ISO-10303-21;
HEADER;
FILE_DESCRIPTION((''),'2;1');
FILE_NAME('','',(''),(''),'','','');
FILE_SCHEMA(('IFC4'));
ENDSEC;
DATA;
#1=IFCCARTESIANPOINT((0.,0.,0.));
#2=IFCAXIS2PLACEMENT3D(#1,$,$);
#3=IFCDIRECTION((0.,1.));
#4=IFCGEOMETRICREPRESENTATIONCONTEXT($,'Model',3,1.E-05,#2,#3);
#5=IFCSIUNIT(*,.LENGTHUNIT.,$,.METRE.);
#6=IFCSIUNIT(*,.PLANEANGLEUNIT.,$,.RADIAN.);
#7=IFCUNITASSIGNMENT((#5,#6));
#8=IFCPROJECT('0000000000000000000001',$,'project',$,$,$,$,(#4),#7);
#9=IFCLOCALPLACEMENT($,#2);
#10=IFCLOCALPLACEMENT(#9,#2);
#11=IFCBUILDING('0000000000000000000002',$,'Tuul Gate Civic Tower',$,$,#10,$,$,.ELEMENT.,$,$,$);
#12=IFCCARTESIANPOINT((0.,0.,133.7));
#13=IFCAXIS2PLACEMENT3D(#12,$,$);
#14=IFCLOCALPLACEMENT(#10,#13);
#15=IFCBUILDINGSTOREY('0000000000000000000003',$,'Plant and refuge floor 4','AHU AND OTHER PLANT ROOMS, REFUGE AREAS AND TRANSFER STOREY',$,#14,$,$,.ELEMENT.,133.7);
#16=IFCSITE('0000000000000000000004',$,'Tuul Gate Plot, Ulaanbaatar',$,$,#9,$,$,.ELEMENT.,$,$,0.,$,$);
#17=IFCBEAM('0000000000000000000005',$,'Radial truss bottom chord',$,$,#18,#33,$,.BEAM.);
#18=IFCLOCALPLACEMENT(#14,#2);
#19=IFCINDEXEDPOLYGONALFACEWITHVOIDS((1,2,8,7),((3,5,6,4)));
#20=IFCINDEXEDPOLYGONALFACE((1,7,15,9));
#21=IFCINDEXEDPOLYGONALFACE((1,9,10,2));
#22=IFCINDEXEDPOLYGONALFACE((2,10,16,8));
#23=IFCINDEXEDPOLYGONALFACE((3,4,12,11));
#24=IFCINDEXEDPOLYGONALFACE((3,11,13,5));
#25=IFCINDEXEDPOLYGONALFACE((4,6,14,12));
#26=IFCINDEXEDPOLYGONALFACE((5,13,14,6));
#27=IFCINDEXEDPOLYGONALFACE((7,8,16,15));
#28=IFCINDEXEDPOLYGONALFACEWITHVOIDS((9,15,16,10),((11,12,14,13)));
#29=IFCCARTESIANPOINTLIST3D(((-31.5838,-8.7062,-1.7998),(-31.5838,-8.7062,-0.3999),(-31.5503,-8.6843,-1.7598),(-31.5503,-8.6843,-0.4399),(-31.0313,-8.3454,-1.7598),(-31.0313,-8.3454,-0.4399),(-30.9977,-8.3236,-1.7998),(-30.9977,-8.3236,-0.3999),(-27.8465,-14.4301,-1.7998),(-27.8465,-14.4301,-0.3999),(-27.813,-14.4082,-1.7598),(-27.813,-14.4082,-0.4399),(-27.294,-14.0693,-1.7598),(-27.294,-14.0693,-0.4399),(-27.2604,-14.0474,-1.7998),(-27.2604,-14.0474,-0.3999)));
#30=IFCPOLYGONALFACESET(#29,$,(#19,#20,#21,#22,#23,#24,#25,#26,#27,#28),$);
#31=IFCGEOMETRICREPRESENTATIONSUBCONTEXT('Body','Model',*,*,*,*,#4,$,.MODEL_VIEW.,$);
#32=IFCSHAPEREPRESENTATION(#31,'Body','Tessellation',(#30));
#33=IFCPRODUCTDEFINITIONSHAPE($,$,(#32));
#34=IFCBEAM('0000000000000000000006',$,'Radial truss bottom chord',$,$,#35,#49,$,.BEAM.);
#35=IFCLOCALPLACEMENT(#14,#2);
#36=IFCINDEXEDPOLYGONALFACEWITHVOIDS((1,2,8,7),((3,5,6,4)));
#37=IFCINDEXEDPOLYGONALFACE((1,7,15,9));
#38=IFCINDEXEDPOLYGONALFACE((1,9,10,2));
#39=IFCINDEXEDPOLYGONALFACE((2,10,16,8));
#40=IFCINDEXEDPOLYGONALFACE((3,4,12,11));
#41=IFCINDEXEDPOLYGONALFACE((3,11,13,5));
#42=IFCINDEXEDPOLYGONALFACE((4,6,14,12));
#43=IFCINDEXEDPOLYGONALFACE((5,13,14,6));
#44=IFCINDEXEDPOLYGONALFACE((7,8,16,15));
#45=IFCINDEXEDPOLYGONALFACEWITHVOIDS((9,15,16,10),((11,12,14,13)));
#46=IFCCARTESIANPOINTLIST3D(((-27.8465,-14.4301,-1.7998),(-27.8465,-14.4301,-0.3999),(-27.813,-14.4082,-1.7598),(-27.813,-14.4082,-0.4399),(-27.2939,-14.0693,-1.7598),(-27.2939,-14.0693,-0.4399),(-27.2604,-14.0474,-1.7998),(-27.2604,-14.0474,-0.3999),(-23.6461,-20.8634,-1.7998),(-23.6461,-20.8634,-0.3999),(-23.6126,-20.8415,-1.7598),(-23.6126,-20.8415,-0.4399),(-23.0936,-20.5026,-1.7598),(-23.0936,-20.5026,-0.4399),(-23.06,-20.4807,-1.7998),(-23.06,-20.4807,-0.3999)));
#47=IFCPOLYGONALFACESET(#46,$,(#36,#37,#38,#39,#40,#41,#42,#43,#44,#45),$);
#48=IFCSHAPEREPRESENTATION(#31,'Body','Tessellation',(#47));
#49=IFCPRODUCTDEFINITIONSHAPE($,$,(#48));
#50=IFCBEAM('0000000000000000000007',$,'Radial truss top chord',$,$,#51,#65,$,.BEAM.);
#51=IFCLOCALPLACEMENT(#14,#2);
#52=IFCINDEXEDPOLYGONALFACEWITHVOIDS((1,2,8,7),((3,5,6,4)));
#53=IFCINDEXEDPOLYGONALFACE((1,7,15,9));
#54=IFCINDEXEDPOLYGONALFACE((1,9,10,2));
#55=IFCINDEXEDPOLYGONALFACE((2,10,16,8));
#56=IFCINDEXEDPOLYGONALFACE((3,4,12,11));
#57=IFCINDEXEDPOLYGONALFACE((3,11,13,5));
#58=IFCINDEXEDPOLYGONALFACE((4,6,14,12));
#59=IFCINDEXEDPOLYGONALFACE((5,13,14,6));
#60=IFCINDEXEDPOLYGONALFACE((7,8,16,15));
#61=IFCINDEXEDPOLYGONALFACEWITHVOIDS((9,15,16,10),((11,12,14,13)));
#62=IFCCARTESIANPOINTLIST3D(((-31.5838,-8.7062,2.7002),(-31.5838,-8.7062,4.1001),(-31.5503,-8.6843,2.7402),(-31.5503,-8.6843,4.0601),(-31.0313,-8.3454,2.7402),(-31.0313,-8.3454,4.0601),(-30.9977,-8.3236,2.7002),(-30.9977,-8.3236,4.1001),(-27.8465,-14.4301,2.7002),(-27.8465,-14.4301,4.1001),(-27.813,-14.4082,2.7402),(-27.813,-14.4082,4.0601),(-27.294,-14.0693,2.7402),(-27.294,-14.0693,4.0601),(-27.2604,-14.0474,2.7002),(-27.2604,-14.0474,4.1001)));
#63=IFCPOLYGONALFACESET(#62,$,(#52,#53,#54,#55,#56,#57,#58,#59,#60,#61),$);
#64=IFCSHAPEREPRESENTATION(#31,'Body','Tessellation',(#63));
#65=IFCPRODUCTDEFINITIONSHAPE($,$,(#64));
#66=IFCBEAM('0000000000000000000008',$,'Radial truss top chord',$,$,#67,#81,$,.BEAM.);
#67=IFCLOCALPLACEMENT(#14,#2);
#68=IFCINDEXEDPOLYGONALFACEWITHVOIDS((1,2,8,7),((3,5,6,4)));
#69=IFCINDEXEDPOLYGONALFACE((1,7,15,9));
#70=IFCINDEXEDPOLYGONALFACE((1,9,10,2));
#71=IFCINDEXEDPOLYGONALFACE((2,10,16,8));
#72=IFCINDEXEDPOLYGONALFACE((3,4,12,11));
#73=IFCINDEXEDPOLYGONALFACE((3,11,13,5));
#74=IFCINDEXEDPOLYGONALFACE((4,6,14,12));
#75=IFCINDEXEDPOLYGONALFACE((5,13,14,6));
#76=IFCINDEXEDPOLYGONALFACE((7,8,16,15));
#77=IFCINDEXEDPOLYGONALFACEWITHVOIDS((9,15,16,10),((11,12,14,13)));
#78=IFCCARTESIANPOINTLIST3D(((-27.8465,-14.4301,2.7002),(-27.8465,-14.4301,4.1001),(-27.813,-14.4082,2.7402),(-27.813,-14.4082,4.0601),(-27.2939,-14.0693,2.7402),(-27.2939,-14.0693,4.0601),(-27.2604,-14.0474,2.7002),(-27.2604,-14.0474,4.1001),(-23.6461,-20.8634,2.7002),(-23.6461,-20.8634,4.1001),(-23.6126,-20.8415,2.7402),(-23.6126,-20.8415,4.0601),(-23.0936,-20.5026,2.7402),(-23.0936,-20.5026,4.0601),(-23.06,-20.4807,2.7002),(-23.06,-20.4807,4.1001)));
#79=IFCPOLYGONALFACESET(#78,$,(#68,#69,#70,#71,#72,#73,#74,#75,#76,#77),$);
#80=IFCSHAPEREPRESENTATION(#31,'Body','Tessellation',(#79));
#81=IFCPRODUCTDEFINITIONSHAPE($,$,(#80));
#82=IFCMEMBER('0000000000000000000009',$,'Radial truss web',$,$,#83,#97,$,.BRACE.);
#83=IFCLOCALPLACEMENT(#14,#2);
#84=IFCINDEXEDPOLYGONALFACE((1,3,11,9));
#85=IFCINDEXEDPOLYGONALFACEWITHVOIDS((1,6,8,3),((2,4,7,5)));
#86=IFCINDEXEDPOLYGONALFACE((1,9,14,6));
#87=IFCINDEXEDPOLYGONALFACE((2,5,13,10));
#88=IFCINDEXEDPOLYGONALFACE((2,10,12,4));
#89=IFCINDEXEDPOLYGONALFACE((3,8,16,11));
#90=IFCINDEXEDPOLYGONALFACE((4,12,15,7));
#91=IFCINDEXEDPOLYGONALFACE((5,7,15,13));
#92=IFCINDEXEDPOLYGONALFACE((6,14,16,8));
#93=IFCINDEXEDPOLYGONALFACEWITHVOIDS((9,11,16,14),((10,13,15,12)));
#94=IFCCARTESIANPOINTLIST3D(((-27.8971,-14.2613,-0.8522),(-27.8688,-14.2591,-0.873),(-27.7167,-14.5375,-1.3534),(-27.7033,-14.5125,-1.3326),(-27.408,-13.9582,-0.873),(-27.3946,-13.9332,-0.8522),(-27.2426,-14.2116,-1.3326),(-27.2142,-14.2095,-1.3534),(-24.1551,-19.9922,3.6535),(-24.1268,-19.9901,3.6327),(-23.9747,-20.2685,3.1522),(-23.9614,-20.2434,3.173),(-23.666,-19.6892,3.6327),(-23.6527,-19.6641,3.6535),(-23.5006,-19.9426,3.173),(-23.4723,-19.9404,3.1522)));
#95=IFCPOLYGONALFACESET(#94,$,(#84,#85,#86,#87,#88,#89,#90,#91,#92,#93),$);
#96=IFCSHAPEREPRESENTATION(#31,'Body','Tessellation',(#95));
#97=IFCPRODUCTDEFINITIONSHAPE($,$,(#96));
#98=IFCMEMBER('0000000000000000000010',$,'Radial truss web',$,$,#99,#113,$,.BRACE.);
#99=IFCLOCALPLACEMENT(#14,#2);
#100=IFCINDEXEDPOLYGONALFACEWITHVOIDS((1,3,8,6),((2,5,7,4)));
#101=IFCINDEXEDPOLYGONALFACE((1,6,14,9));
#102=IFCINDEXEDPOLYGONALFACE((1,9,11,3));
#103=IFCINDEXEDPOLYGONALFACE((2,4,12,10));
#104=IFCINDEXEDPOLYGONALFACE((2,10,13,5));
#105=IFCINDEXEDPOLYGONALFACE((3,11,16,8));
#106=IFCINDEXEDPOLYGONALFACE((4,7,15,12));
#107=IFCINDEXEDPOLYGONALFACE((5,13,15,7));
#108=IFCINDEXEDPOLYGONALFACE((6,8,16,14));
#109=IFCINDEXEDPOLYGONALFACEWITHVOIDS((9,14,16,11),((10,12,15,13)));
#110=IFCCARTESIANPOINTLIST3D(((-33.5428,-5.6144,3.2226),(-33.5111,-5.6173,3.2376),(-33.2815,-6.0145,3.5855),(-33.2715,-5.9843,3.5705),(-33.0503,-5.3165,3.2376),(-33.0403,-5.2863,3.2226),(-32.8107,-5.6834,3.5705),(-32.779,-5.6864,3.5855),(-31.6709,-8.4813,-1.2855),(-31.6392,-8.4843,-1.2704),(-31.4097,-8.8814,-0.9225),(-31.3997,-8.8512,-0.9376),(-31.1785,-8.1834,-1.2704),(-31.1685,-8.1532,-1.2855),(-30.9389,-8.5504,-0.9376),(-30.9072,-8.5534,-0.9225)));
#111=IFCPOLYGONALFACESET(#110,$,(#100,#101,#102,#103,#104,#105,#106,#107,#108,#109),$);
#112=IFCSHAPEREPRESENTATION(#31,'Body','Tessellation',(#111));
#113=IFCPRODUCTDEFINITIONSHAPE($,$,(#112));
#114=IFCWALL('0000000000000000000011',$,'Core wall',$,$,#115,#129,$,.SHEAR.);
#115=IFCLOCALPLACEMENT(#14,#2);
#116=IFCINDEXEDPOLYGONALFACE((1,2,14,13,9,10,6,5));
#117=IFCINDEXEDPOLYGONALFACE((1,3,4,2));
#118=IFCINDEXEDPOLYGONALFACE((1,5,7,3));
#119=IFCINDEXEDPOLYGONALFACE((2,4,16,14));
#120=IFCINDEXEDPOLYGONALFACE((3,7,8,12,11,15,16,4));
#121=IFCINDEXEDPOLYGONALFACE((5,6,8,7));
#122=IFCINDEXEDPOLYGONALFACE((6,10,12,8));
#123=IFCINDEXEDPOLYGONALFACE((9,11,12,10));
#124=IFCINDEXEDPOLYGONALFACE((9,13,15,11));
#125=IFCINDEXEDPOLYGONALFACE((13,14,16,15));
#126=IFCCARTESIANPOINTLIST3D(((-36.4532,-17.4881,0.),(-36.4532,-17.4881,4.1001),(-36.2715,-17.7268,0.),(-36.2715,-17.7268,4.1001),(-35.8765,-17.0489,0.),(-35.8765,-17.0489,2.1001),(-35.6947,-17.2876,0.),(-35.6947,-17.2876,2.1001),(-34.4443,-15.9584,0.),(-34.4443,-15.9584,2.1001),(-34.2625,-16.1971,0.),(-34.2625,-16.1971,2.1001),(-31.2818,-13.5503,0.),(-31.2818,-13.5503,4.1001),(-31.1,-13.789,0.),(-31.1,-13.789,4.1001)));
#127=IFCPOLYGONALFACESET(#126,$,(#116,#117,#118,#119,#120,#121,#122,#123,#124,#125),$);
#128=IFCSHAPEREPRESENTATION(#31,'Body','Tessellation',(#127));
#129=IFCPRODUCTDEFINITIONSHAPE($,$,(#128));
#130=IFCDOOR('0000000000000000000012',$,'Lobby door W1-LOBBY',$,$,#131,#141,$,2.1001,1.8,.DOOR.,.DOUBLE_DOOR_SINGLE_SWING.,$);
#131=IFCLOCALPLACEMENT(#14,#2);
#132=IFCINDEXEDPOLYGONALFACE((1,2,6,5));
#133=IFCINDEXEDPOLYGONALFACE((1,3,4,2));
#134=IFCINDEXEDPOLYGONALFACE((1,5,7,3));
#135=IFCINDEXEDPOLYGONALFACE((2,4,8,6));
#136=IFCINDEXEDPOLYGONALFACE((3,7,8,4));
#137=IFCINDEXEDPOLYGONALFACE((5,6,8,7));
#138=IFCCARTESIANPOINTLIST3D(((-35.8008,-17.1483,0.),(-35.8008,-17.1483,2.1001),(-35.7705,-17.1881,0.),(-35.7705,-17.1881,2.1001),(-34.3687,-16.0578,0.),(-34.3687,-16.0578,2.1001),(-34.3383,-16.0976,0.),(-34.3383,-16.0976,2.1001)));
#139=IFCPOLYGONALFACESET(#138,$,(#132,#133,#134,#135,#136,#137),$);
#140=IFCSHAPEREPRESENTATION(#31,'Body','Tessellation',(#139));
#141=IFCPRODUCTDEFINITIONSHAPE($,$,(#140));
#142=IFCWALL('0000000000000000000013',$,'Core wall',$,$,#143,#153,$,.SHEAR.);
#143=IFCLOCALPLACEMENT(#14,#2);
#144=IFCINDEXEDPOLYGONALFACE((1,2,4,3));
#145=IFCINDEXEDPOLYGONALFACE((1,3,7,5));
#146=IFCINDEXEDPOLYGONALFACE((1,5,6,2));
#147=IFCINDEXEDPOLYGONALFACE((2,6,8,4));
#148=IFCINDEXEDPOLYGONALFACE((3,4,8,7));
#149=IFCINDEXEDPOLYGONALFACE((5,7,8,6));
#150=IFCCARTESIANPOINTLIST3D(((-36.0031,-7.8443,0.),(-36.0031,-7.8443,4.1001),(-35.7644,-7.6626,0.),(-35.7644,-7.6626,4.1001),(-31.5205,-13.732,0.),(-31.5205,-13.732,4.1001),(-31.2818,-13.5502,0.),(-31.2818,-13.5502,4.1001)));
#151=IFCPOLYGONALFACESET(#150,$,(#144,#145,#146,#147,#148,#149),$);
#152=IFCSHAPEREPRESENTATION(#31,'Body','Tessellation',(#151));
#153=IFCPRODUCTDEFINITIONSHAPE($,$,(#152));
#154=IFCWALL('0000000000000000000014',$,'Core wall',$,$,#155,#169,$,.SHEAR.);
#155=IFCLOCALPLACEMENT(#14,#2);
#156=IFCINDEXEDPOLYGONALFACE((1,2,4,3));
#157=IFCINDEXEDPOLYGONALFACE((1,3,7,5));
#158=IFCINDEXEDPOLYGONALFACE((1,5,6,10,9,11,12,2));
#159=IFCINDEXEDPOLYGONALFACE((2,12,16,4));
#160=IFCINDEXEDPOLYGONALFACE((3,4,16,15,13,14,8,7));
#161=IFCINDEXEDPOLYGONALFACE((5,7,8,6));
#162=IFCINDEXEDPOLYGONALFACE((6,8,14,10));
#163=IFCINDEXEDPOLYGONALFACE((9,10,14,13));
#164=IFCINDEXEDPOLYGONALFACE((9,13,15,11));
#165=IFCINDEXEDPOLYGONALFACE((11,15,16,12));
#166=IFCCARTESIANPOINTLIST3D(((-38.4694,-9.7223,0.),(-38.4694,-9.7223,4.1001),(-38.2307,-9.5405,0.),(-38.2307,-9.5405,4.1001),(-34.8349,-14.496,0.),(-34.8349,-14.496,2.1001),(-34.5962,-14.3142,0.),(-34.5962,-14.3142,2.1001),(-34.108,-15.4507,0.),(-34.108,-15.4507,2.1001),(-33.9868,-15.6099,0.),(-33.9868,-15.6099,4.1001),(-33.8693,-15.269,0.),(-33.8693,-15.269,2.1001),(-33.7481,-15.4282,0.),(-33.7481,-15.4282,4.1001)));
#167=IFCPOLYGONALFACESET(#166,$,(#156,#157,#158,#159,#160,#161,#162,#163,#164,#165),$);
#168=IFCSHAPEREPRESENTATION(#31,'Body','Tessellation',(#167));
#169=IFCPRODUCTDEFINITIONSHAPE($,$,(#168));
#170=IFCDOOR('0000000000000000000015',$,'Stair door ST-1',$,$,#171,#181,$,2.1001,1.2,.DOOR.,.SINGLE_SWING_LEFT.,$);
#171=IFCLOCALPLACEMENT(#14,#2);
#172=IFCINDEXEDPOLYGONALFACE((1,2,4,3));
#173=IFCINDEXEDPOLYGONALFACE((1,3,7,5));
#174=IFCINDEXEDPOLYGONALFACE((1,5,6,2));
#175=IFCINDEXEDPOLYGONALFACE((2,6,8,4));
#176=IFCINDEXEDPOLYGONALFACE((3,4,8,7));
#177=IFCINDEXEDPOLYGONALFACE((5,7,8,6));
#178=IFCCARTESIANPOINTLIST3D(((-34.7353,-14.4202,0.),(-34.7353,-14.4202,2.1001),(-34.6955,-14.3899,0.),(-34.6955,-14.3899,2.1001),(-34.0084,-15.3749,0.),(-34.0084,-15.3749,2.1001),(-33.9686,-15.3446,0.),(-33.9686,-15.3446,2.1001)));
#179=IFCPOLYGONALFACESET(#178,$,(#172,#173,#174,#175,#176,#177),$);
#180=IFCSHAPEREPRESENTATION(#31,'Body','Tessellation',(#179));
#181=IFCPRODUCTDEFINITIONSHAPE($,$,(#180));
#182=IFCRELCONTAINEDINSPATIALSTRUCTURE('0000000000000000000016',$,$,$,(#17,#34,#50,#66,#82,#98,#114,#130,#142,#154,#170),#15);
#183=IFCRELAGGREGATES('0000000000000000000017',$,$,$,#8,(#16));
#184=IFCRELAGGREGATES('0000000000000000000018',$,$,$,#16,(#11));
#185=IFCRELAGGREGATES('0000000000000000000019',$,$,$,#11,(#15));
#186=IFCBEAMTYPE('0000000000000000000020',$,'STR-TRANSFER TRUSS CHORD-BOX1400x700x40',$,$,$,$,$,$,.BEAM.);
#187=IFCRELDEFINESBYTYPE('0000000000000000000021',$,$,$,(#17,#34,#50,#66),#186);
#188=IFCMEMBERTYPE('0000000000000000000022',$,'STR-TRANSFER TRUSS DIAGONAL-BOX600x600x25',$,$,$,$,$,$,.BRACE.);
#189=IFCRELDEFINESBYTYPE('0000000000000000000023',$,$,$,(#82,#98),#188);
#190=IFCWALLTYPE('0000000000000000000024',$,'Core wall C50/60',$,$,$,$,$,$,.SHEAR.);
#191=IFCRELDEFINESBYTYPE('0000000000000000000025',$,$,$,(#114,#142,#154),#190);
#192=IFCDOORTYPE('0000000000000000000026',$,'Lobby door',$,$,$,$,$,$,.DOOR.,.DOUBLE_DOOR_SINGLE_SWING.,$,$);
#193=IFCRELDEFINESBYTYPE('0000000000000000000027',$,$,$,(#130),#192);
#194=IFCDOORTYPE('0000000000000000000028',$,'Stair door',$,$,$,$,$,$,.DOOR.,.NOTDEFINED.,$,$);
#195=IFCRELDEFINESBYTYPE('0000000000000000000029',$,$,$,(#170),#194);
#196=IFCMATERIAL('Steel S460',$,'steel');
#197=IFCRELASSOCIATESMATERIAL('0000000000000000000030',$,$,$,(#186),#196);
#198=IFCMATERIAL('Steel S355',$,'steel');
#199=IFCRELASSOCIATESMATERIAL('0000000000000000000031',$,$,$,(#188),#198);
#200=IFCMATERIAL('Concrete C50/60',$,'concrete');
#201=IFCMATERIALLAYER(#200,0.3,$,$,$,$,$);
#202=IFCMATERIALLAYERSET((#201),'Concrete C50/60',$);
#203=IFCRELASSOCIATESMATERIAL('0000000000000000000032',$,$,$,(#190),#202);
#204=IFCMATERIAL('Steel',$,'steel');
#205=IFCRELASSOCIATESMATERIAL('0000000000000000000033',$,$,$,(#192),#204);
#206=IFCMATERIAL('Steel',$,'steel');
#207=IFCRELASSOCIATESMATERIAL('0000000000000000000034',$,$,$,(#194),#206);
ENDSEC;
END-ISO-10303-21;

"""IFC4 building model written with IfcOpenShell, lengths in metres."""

from ifc_helpers import new_model, si_unit, direction, frame, frame_2d, origin, origin_2d, place, context, subcontext, project, spatial, rectangle, hollow_rectangle, extrude, material, layer, layer_set, material_profile, profile_set, type_object, element, fill, save


model = new_model("IFC4")

# Units and contexts
model_context = context("Model", 3, precision=1e-05, world=origin(), true_north=direction((0.0, 1.0)))
body_context = subcontext(model_context, "Body", "Model", "MODEL_VIEW")
ifc_project = project(units=[si_unit("LENGTHUNIT", "METRE"), si_unit("PLANEANGLEUNIT", "RADIAN")], contexts=[model_context])

# Site, building, storey
site_placement = place(None, origin())
site = spatial("IfcSite", under=ifc_project, at=site_placement, Name="Tuul Gate Plot, Ulaanbaatar", CompositionType="ELEMENT", RefElevation=0.0)
building_placement = place(site_placement, origin())
building = spatial("IfcBuilding", under=site, at=building_placement, Name="Tuul Gate Civic Tower", CompositionType="ELEMENT")
storey_placement = place(building_placement, frame((0.0, 0.0, 133.7)))
storey = spatial("IfcBuildingStorey", under=building, at=storey_placement, Name="Plant and refuge floor 4", Description="AHU AND OTHER PLANT ROOMS, REFUGE AREAS AND TRANSFER STOREY", CompositionType="ELEMENT", Elevation=133.7)

# Beams
ifc_material_1 = material(Name="Steel S460", Category="steel")
ifc_material_profile_1 = material_profile(ifc_material_1, hollow_rectangle(XDim=0.7, YDim=1.3999, WallThickness=0.04, at=origin_2d()), Name="BOX1400x700x40")
ifc_profile_set_1 = profile_set([ifc_material_profile_1], Name="Steel S460")
beam_type = type_object("IfcBeamType", Name="STR-TRANSFER TRUSS CHORD-BOX1400x700x40", PredefinedType="BEAM", material=ifc_profile_set_1)
beam_1_placement = place(storey_placement, frame((-31.2908, -8.5149, -1.0999), z_axis=(0.546713, -0.83732, 0.0), x_axis=(0.83732, 0.546713, 0.0)))
element("IfcBeam", 1, at=beam_1_placement, inside=storey, type_object=beam_type, Name="Radial truss bottom chord", PredefinedType="BEAM", context=body_context, shape_type="SweptSolid", body=[
    extrude(hollow_rectangle(XDim=0.7, YDim=1.3999, WallThickness=0.04, at=origin_2d()), origin(), (0.0, 0.0, 1.0), 6.8359),
])
beam_2_placement = place(storey_placement, frame((-27.5535, -14.2388, -1.0999), z_axis=(0.546704, -0.837326, 0.0), x_axis=(0.837326, 0.546704, 0.0)))
element("IfcBeam", 2, at=beam_2_placement, inside=storey, type_object=beam_type, Name="Radial truss bottom chord", PredefinedType="BEAM", context=body_context, shape_type="SweptSolid", body=[
    extrude(hollow_rectangle(XDim=0.7, YDim=1.3999, WallThickness=0.04, at=origin_2d()), origin(), (0.0, 0.0, 1.0), 7.6831),
])
beam_3_placement = place(storey_placement, frame((-31.2908, -8.5149, 3.4001), z_axis=(0.546713, -0.83732, 0.0), x_axis=(0.83732, 0.546713, 0.0)))
element("IfcBeam", 3, at=beam_3_placement, inside=storey, type_object=beam_type, Name="Radial truss top chord", PredefinedType="BEAM", context=body_context, shape_type="SweptSolid", body=[
    extrude(hollow_rectangle(XDim=0.7, YDim=1.3999, WallThickness=0.04, at=origin_2d()), origin(), (0.0, 0.0, 1.0), 6.8359),
])
beam_4_placement = place(storey_placement, frame((-27.5535, -14.2388, 3.4001), z_axis=(0.546704, -0.837326, 0.0), x_axis=(0.837326, 0.546704, 0.0)))
element("IfcBeam", 4, at=beam_4_placement, inside=storey, type_object=beam_type, Name="Radial truss top chord", PredefinedType="BEAM", context=body_context, shape_type="SweptSolid", body=[
    extrude(hollow_rectangle(XDim=0.7, YDim=1.3999, WallThickness=0.04, at=origin_2d()), origin(), (0.0, 0.0, 1.0), 7.6831),
])

# Members
ifc_material_2 = material(Name="Steel S355", Category="steel")
ifc_material_profile_2 = material_profile(ifc_material_2, hollow_rectangle(XDim=0.6001, YDim=0.6001, WallThickness=0.0249, at=origin_2d()), Name="BOX600x600x25")
ifc_profile_set_2 = profile_set([ifc_material_profile_2], Name="Steel S355")
member_type = type_object("IfcMemberType", Name="STR-TRANSFER TRUSS DIAGONAL-BOX600x600x25", PredefinedType="BRACE", material=ifc_profile_set_2)
member_1_placement = place(storey_placement, frame((-27.5557, -14.2354, -1.1028), z_axis=(0.456652, -0.699383, 0.549847), x_axis=(0.837319, 0.546715, 0.0)))
element("IfcMember", 5, at=member_1_placement, inside=storey, type_object=member_type, Name="Radial truss web", PredefinedType="BRACE", context=body_context, shape_type="SweptSolid", body=[
    extrude(hollow_rectangle(XDim=0.6001, YDim=0.6001, WallThickness=0.0249, at=origin_2d()), origin(), (0.0, 0.0, 1.0), 8.1943),
])
member_2_placement = place(storey_placement, frame((-31.2891, -8.5173, -1.104), z_axis=(-0.330659, 0.506447, 0.796351), x_axis=(-0.837332, -0.546694, 0.0)))
element("IfcMember", 6, at=member_2_placement, inside=storey, type_object=member_type, Name="Radial truss web", PredefinedType="BRACE", context=body_context, shape_type="SweptSolid", body=[
    extrude(hollow_rectangle(XDim=0.6001, YDim=0.6001, WallThickness=0.0249, at=origin_2d()), origin(), (0.0, 0.0, 1.0), 5.6609),
])

# Wall, opening, door
ifc_material_3 = material(Name="Concrete C50/60", Category="concrete")
ifc_layer_1 = layer(ifc_material_3, 0.3)
ifc_layer_set_1 = layer_set([ifc_layer_1], Name="Concrete C50/60")
wall_type_1 = type_object("IfcWallType", Name="Core wall C50/60", PredefinedType="SHEAR", material=ifc_layer_set_1)
wall_1_placement = place(storey_placement, frame((-31.1909, -13.6697, 0.0), z_axis=(0.0, 0.0, 1.0), x_axis=(-0.795607, -0.605813, 0.0)))
wall_1 = element("IfcWall", 7, at=wall_1_placement, inside=storey, type_object=wall_type_1, Name="Core wall", PredefinedType="SHEAR", context=body_context, shape_type="SweptSolid", body=[
    extrude(rectangle(XDim=6.5, YDim=0.3, at=frame_2d((3.25, 0.0))), origin(), (0.0, 0.0, 1.0), 4.1001),
])
opening_1_placement = place(wall_1_placement, frame((3.9751, 0.0, 0.0)))
opening_1 = element("IfcOpeningElement", 8, at=opening_1_placement, cuts=wall_1, PredefinedType="OPENING", context=body_context, shape_type="SweptSolid", body=[
    extrude(rectangle(XDim=1.8, YDim=2.1001, at=frame_2d((0.8999, 1.05))), frame((0.0, 0.1602, 0.0), z_axis=(0.0, -1.0, 0.0), x_axis=(1.0, 0.0, 0.0)), (0.0, 0.0, 1.0), 0.3201),
])
ifc_material_4 = material(Name="Steel", Category="steel")
door_type_1 = type_object("IfcDoorType", Name="Lobby door", OperationType="DOUBLE_DOOR_SINGLE_SWING", PredefinedType="DOOR", material=ifc_material_4)
door_1_placement = place(opening_1_placement, origin())
door_1 = element("IfcDoor", 9, at=door_1_placement, inside=storey, type_object=door_type_1, Name="Lobby door W1-LOBBY", OperationType="DOUBLE_DOOR_SINGLE_SWING", OverallHeight=2.1001, OverallWidth=1.8, PredefinedType="DOOR", context=body_context, shape_type="SweptSolid", body=[
    extrude(rectangle(XDim=1.8, YDim=2.1001, at=frame_2d((0.8999, 1.05))), frame((0.0, 0.0249, 0.0), z_axis=(0.0, -1.0, 0.0), x_axis=(1.0, 0.0, 0.0)), (0.0, 0.0, 1.0), 0.05),
])
fill(opening_1, door_1)

# Wall
wall_2_placement = place(storey_placement, frame((-31.4011, -13.6411, 0.0), z_axis=(0.0, 0.0, 1.0), x_axis=(-0.60577, 0.79564, 0.0)))
element("IfcWall", 10, at=wall_2_placement, inside=storey, type_object=wall_type_1, Name="Core wall", PredefinedType="SHEAR", context=body_context, shape_type="SweptSolid", body=[
    extrude(rectangle(XDim=7.3999, YDim=0.3, at=frame_2d((3.7, 0.0))), origin(), (0.0, 0.0, 1.0), 4.1001),
])

# Wall, opening, door
wall_3_placement = place(storey_placement, frame((-33.8674, -15.519, 0.0), z_axis=(0.0, 0.0, 1.0), x_axis=(-0.60577, 0.79564, 0.0)))
wall_3 = element("IfcWall", 11, at=wall_3_placement, inside=storey, type_object=wall_type_1, Name="Core wall", PredefinedType="SHEAR", context=body_context, shape_type="SweptSolid", body=[
    extrude(rectangle(XDim=7.3999, YDim=0.3, at=frame_2d((3.7, 0.0))), origin(), (0.0, 0.0, 1.0), 4.1001),
])
opening_2_placement = place(wall_3_placement, frame((0.2, 0.0, 0.0)))
opening_2 = element("IfcOpeningElement", 12, at=opening_2_placement, cuts=wall_3, PredefinedType="OPENING", context=body_context, shape_type="SweptSolid", body=[
    extrude(rectangle(XDim=1.2, YDim=2.1001, at=frame_2d((0.6001, 1.05))), frame((0.0, 0.1602, 0.0), z_axis=(0.0, -1.0, 0.0), x_axis=(1.0, 0.0, 0.0)), (0.0, 0.0, 1.0), 0.3201),
])
ifc_material_5 = material(Name="Steel", Category="steel")
door_type_2 = type_object("IfcDoorType", Name="Stair door", OperationType="NOTDEFINED", PredefinedType="DOOR", material=ifc_material_5)
door_2_placement = place(opening_2_placement, origin())
door_2 = element("IfcDoor", 13, at=door_2_placement, inside=storey, type_object=door_type_2, Name="Stair door ST-1", OperationType="SINGLE_SWING_LEFT", OverallHeight=2.1001, OverallWidth=1.2, PredefinedType="DOOR", context=body_context, shape_type="SweptSolid", body=[
    extrude(rectangle(XDim=1.2, YDim=2.1001, at=frame_2d((0.6001, 1.05))), frame((0.0, 0.0249, 0.0), z_axis=(0.0, -1.0, 0.0), x_axis=(1.0, 0.0, 0.0)), (0.0, 0.0, 1.0), 0.05),
])
fill(opening_2, door_2)

save(model, "model.ifc")
